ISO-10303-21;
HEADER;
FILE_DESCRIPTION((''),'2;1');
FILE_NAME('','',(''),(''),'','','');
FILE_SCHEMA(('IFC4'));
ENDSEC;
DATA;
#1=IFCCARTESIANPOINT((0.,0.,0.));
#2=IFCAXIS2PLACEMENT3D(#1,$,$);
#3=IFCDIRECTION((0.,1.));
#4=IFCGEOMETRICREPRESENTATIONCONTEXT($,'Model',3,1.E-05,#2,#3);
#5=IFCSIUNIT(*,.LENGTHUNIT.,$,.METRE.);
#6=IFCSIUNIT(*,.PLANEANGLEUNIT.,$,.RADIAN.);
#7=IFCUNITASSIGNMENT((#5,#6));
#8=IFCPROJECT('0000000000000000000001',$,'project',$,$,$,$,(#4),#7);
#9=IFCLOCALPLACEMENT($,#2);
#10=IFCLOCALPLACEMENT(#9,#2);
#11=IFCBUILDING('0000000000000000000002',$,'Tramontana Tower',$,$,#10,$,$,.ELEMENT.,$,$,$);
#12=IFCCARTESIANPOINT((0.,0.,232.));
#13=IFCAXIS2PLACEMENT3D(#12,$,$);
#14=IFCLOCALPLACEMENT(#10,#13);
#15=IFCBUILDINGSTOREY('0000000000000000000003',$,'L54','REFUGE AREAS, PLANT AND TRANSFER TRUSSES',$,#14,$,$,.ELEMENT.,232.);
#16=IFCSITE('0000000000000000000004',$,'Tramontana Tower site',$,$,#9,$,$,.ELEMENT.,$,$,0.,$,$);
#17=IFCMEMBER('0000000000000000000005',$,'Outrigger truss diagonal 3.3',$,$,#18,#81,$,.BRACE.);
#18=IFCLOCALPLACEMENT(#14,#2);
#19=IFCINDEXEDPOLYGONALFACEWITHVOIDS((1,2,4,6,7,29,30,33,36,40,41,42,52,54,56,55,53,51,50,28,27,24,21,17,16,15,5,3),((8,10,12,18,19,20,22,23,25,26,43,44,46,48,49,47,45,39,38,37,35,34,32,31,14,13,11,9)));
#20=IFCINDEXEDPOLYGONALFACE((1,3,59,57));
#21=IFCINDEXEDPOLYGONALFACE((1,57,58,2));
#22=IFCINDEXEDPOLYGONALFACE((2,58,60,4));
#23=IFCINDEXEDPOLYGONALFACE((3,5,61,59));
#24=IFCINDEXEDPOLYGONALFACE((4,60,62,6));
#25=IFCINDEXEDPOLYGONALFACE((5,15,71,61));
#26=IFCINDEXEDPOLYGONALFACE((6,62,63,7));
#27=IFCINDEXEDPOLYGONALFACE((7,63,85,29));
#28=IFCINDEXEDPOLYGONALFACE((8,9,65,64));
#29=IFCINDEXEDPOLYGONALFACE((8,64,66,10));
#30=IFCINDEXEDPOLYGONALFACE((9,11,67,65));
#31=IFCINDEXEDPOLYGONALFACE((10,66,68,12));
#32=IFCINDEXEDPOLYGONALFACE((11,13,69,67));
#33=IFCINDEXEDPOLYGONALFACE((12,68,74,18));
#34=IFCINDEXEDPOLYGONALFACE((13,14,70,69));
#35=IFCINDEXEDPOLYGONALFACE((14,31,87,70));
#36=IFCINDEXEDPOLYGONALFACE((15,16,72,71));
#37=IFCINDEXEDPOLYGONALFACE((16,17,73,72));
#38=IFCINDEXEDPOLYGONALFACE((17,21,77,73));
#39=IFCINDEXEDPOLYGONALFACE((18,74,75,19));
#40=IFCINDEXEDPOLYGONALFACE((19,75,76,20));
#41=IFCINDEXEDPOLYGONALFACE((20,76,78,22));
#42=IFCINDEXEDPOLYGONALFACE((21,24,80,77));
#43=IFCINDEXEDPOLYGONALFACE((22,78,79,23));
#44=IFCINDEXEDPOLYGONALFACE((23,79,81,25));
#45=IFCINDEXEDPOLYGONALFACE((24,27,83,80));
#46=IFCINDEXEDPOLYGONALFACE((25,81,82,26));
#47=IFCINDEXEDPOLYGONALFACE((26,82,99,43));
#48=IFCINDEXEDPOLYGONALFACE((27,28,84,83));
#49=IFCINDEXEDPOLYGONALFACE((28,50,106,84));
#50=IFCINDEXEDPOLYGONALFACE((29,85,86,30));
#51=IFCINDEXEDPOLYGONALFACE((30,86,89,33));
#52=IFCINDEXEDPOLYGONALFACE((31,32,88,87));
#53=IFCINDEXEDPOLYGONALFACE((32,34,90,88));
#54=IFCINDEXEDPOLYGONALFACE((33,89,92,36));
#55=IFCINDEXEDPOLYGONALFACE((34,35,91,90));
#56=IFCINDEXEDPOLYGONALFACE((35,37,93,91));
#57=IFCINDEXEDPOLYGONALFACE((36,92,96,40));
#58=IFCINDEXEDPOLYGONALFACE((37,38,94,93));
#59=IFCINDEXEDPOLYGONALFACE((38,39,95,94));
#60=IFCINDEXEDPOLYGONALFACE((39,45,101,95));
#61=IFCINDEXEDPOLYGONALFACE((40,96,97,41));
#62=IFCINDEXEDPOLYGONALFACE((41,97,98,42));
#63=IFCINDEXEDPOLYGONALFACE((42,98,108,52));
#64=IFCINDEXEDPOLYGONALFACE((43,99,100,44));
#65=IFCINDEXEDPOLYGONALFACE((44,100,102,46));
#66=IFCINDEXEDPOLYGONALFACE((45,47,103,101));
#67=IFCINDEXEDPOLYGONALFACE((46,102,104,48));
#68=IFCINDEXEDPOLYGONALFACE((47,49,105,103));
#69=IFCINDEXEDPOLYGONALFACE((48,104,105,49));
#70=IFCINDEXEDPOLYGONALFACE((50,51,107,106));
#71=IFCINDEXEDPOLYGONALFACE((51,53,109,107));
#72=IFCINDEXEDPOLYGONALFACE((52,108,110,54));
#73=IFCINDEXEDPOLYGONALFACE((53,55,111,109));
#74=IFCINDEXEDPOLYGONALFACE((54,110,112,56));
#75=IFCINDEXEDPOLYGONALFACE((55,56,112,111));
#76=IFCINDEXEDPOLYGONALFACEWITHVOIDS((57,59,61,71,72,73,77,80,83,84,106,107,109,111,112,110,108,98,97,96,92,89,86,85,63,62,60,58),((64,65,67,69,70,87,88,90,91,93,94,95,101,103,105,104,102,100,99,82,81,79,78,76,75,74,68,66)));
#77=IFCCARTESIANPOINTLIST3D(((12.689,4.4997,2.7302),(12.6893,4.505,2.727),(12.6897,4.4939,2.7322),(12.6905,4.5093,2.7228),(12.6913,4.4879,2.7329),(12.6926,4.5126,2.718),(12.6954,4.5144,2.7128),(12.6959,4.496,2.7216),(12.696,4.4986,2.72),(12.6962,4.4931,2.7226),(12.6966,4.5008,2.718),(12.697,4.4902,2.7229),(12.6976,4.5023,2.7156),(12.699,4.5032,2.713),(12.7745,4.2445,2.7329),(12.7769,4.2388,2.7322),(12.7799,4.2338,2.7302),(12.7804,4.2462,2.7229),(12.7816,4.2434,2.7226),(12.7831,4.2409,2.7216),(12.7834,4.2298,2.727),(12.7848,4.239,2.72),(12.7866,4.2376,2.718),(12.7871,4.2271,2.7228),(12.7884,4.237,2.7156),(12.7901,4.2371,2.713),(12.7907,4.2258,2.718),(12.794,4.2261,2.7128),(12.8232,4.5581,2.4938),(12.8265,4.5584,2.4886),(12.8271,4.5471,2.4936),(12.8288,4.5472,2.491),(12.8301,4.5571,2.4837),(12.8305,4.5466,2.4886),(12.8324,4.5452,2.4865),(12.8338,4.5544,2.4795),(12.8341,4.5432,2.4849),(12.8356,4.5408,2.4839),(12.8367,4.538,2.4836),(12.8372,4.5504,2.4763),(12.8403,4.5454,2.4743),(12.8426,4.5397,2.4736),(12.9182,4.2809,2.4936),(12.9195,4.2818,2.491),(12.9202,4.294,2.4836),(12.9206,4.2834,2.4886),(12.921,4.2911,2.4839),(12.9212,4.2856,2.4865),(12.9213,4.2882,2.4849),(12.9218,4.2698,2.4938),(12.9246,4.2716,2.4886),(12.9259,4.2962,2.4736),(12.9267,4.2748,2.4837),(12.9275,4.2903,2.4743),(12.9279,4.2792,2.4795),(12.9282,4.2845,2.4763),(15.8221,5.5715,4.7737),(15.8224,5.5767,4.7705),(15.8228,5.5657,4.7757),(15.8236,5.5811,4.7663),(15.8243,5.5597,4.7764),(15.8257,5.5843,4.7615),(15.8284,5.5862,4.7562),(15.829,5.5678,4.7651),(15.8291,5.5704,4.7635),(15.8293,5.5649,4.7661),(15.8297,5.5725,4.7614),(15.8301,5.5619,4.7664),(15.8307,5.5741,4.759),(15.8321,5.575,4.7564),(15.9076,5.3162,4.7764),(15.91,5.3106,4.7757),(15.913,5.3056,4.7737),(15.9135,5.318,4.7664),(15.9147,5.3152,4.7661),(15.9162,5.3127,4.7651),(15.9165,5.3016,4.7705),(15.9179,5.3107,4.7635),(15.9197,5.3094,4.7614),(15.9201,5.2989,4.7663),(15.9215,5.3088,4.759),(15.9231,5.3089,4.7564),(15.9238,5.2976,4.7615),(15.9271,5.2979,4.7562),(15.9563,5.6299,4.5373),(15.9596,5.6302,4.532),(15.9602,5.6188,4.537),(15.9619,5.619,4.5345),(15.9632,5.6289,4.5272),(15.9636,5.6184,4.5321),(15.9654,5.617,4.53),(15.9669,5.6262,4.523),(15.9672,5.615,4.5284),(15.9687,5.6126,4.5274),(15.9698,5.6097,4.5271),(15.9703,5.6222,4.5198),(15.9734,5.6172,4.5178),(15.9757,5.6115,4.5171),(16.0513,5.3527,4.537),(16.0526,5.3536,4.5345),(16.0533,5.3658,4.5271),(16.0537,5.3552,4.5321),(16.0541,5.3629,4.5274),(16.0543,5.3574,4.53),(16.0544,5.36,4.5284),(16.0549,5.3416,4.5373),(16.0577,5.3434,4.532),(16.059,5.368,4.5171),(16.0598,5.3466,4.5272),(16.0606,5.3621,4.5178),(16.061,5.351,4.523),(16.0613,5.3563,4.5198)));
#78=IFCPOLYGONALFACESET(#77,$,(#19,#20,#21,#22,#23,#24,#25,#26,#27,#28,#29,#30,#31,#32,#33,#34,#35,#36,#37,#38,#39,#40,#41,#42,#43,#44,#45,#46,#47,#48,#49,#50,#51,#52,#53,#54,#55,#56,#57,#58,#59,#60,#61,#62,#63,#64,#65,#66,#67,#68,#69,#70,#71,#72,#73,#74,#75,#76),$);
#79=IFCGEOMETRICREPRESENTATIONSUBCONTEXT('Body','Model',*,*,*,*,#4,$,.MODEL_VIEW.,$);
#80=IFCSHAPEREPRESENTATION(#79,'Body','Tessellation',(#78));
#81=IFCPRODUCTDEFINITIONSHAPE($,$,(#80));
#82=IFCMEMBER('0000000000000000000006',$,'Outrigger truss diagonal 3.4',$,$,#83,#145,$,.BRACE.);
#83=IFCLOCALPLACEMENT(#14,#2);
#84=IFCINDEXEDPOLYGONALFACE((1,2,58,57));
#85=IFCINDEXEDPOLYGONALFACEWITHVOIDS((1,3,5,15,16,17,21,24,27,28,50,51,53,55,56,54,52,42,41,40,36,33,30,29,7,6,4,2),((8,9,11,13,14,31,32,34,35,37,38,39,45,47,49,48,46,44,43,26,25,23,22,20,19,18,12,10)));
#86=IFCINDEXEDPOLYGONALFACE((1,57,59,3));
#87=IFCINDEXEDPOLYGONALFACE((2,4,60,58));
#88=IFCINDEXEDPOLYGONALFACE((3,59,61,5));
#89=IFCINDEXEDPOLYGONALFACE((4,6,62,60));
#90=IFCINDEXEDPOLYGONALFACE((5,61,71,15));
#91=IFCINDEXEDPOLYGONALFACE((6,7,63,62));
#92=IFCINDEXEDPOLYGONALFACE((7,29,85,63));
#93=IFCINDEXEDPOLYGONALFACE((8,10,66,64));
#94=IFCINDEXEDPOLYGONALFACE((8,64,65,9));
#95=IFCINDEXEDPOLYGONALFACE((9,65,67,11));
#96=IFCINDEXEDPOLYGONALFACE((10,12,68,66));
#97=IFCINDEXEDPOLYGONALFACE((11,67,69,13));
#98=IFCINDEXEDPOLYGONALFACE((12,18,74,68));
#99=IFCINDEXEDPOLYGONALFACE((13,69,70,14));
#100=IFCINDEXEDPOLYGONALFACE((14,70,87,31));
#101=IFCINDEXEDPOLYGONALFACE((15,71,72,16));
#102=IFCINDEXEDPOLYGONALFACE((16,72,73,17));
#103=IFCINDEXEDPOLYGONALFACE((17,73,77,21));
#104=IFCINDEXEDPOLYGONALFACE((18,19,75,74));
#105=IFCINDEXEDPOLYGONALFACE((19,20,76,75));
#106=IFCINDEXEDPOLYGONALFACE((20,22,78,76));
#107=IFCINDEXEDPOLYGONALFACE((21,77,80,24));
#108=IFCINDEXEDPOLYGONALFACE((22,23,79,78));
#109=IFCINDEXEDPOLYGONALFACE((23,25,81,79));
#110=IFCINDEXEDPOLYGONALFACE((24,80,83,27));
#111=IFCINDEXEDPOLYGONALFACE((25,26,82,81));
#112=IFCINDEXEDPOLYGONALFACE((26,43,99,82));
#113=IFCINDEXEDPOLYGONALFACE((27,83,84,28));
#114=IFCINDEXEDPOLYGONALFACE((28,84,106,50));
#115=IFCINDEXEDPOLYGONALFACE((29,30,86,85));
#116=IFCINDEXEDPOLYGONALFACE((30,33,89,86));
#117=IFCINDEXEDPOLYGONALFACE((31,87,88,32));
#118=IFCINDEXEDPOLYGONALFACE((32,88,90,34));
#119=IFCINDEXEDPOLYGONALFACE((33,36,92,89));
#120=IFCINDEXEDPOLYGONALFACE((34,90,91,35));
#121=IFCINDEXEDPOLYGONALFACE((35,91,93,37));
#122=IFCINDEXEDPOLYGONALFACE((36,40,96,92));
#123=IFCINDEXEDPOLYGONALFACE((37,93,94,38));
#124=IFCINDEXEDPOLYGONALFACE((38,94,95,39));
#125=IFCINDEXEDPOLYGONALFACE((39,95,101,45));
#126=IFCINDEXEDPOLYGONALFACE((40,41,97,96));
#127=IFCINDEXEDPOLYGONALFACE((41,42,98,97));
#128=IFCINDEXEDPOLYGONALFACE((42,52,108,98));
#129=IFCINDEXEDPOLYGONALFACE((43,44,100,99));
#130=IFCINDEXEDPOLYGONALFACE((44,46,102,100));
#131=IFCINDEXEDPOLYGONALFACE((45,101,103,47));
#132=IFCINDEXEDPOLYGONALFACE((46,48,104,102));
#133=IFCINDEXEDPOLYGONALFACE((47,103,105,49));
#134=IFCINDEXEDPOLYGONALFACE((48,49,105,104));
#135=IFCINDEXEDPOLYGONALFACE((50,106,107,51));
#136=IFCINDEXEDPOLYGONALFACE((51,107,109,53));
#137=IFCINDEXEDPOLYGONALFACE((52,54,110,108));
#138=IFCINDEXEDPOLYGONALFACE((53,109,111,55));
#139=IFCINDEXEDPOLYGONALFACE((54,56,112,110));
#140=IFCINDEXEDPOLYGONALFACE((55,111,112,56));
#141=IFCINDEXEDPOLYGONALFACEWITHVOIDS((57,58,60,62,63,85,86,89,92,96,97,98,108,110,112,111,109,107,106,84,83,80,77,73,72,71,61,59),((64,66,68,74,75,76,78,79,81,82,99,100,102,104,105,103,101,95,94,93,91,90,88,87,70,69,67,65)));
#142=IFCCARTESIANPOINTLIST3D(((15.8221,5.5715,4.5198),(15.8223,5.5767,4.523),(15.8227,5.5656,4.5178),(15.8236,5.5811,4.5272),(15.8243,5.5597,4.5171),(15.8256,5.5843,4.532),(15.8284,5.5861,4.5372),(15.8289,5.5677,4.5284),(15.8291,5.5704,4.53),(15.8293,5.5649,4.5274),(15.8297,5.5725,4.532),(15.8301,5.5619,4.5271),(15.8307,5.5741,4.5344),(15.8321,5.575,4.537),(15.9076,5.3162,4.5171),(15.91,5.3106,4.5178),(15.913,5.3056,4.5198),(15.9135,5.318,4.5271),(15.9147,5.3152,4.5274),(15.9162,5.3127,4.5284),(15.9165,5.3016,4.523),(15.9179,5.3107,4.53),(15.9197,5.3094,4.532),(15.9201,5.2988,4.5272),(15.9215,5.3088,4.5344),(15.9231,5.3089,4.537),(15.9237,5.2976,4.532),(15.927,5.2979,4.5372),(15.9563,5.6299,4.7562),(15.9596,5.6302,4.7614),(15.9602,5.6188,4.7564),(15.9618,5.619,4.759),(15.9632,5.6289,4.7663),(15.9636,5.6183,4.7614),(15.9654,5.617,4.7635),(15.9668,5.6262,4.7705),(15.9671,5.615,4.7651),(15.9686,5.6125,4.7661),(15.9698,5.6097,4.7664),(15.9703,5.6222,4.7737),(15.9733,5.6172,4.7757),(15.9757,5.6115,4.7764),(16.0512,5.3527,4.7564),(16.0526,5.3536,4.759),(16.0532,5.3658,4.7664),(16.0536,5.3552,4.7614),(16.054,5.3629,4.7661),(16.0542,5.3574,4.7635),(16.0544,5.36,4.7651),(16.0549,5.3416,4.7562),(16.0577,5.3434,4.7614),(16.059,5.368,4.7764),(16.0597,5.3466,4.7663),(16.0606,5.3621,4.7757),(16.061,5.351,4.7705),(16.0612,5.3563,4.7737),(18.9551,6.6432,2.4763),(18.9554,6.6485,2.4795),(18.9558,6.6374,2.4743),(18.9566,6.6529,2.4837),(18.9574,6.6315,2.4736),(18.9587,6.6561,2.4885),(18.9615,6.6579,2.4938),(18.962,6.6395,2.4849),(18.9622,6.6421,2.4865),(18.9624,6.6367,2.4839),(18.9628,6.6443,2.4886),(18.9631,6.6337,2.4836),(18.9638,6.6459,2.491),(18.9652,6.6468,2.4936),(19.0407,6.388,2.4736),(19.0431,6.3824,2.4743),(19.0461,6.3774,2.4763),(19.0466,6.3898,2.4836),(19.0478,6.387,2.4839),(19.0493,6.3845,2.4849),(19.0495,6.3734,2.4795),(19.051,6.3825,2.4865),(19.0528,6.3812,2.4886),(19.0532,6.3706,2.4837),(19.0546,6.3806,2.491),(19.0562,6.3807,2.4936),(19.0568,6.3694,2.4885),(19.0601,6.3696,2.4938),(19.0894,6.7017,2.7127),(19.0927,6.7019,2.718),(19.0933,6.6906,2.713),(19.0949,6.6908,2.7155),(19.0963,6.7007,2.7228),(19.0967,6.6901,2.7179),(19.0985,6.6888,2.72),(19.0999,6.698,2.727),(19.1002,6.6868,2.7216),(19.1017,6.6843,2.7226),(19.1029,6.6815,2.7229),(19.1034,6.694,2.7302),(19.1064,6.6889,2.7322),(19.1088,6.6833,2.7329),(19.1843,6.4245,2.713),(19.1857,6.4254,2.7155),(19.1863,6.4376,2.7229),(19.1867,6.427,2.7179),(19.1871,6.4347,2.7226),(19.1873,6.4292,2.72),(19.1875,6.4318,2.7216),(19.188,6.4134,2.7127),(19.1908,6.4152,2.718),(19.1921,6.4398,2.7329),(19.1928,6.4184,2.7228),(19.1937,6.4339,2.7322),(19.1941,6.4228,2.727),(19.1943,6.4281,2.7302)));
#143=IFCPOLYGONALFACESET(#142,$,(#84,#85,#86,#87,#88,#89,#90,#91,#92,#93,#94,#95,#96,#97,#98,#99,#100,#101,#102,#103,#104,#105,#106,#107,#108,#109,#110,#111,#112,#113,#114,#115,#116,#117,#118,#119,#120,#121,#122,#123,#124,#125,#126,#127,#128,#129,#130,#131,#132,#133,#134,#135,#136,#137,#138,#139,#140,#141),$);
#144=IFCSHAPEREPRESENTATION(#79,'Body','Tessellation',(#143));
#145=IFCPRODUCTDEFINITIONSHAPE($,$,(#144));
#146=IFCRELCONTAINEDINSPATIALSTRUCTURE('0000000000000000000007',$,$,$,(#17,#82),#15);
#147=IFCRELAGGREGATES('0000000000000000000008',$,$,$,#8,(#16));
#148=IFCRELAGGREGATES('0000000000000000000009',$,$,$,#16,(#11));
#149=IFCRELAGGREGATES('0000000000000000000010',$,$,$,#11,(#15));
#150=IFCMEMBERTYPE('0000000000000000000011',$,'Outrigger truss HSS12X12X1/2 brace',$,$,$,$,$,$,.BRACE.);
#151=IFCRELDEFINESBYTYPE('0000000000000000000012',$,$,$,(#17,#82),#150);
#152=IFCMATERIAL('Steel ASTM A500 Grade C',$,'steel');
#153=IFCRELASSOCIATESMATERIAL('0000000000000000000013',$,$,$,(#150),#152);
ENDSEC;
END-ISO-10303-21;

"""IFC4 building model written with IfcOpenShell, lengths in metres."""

from ifc_helpers import new_model, si_unit, direction, frame, origin, origin_2d, place, context, subcontext, project, spatial, hollow_rectangle, extrude, material, material_profile, profile_set, type_object, element, save


model = new_model("IFC4")

# Units and contexts
model_context = context("Model", 3, precision=1e-05, world=origin(), true_north=direction((0.0, 1.0)))
body_context = subcontext(model_context, "Body", "Model", "MODEL_VIEW")
ifc_project = project(units=[si_unit("LENGTHUNIT", "METRE"), si_unit("PLANEANGLEUNIT", "RADIAN")], contexts=[model_context])

# Site, building, storey
site_placement = place(None, origin())
site = spatial("IfcSite", under=ifc_project, at=site_placement, Name="Tramontana Tower site", CompositionType="ELEMENT", RefElevation=0.0)
building_placement = place(site_placement, origin())
building = spatial("IfcBuilding", under=site, at=building_placement, Name="Tramontana Tower", CompositionType="ELEMENT")
storey_placement = place(building_placement, frame((0.0, 0.0, 232.0)))
storey = spatial("IfcBuildingStorey", under=building, at=storey_placement, Name="L54", Description="REFUGE AREAS, PLANT AND TRANSFER TRUSSES", CompositionType="ELEMENT", Elevation=232.0)

# Members
ifc_material_1 = material(Name="Steel ASTM A500 Grade C", Category="steel")
ifc_material_profile_1 = material_profile(ifc_material_1, hollow_rectangle(XDim=0.3047, YDim=0.3047, WallThickness=0.0117, InnerFilletRadius=0.0117, OuterFilletRadius=0.0237, at=origin_2d()), Name="HSS12X12X1/2")
ifc_profile_set_1 = profile_set([ifc_material_profile_1], Name="Steel ASTM A500 Grade C")
member_type_1 = type_object("IfcMemberType", Name="Outrigger truss HSS12X12X1/2 brace", PredefinedType="BRACE", material=ifc_profile_set_1)
for number, where, z_axis, x_axis, name in (
    (1, (12.8086, 4.3921, 2.6033), (0.80519, 0.275445, 0.525165), (-0.323672, 0.946169, 0.0), "Outrigger truss diagonal 3.3"),
    (2, (15.9417, 5.4639, 4.6467), (0.80519, 0.275445, -0.525165), (-0.323672, 0.946169, 0.0), "Outrigger truss diagonal 3.4"),
):
    element("IfcMember", number, at=place(storey_placement, frame(where, z_axis=z_axis, x_axis=x_axis)), inside=storey, type_object=member_type_1, Name=name, PredefinedType="BRACE", context=body_context, shape_type="SweptSolid", body=[
        extrude(hollow_rectangle(XDim=0.3047, YDim=0.3047, WallThickness=0.0117, InnerFilletRadius=0.0117, OuterFilletRadius=0.0237, at=origin_2d()), origin(), (0.0, 0.0, 1.0), 3.8911),
    ])

save(model, "model.ifc")
